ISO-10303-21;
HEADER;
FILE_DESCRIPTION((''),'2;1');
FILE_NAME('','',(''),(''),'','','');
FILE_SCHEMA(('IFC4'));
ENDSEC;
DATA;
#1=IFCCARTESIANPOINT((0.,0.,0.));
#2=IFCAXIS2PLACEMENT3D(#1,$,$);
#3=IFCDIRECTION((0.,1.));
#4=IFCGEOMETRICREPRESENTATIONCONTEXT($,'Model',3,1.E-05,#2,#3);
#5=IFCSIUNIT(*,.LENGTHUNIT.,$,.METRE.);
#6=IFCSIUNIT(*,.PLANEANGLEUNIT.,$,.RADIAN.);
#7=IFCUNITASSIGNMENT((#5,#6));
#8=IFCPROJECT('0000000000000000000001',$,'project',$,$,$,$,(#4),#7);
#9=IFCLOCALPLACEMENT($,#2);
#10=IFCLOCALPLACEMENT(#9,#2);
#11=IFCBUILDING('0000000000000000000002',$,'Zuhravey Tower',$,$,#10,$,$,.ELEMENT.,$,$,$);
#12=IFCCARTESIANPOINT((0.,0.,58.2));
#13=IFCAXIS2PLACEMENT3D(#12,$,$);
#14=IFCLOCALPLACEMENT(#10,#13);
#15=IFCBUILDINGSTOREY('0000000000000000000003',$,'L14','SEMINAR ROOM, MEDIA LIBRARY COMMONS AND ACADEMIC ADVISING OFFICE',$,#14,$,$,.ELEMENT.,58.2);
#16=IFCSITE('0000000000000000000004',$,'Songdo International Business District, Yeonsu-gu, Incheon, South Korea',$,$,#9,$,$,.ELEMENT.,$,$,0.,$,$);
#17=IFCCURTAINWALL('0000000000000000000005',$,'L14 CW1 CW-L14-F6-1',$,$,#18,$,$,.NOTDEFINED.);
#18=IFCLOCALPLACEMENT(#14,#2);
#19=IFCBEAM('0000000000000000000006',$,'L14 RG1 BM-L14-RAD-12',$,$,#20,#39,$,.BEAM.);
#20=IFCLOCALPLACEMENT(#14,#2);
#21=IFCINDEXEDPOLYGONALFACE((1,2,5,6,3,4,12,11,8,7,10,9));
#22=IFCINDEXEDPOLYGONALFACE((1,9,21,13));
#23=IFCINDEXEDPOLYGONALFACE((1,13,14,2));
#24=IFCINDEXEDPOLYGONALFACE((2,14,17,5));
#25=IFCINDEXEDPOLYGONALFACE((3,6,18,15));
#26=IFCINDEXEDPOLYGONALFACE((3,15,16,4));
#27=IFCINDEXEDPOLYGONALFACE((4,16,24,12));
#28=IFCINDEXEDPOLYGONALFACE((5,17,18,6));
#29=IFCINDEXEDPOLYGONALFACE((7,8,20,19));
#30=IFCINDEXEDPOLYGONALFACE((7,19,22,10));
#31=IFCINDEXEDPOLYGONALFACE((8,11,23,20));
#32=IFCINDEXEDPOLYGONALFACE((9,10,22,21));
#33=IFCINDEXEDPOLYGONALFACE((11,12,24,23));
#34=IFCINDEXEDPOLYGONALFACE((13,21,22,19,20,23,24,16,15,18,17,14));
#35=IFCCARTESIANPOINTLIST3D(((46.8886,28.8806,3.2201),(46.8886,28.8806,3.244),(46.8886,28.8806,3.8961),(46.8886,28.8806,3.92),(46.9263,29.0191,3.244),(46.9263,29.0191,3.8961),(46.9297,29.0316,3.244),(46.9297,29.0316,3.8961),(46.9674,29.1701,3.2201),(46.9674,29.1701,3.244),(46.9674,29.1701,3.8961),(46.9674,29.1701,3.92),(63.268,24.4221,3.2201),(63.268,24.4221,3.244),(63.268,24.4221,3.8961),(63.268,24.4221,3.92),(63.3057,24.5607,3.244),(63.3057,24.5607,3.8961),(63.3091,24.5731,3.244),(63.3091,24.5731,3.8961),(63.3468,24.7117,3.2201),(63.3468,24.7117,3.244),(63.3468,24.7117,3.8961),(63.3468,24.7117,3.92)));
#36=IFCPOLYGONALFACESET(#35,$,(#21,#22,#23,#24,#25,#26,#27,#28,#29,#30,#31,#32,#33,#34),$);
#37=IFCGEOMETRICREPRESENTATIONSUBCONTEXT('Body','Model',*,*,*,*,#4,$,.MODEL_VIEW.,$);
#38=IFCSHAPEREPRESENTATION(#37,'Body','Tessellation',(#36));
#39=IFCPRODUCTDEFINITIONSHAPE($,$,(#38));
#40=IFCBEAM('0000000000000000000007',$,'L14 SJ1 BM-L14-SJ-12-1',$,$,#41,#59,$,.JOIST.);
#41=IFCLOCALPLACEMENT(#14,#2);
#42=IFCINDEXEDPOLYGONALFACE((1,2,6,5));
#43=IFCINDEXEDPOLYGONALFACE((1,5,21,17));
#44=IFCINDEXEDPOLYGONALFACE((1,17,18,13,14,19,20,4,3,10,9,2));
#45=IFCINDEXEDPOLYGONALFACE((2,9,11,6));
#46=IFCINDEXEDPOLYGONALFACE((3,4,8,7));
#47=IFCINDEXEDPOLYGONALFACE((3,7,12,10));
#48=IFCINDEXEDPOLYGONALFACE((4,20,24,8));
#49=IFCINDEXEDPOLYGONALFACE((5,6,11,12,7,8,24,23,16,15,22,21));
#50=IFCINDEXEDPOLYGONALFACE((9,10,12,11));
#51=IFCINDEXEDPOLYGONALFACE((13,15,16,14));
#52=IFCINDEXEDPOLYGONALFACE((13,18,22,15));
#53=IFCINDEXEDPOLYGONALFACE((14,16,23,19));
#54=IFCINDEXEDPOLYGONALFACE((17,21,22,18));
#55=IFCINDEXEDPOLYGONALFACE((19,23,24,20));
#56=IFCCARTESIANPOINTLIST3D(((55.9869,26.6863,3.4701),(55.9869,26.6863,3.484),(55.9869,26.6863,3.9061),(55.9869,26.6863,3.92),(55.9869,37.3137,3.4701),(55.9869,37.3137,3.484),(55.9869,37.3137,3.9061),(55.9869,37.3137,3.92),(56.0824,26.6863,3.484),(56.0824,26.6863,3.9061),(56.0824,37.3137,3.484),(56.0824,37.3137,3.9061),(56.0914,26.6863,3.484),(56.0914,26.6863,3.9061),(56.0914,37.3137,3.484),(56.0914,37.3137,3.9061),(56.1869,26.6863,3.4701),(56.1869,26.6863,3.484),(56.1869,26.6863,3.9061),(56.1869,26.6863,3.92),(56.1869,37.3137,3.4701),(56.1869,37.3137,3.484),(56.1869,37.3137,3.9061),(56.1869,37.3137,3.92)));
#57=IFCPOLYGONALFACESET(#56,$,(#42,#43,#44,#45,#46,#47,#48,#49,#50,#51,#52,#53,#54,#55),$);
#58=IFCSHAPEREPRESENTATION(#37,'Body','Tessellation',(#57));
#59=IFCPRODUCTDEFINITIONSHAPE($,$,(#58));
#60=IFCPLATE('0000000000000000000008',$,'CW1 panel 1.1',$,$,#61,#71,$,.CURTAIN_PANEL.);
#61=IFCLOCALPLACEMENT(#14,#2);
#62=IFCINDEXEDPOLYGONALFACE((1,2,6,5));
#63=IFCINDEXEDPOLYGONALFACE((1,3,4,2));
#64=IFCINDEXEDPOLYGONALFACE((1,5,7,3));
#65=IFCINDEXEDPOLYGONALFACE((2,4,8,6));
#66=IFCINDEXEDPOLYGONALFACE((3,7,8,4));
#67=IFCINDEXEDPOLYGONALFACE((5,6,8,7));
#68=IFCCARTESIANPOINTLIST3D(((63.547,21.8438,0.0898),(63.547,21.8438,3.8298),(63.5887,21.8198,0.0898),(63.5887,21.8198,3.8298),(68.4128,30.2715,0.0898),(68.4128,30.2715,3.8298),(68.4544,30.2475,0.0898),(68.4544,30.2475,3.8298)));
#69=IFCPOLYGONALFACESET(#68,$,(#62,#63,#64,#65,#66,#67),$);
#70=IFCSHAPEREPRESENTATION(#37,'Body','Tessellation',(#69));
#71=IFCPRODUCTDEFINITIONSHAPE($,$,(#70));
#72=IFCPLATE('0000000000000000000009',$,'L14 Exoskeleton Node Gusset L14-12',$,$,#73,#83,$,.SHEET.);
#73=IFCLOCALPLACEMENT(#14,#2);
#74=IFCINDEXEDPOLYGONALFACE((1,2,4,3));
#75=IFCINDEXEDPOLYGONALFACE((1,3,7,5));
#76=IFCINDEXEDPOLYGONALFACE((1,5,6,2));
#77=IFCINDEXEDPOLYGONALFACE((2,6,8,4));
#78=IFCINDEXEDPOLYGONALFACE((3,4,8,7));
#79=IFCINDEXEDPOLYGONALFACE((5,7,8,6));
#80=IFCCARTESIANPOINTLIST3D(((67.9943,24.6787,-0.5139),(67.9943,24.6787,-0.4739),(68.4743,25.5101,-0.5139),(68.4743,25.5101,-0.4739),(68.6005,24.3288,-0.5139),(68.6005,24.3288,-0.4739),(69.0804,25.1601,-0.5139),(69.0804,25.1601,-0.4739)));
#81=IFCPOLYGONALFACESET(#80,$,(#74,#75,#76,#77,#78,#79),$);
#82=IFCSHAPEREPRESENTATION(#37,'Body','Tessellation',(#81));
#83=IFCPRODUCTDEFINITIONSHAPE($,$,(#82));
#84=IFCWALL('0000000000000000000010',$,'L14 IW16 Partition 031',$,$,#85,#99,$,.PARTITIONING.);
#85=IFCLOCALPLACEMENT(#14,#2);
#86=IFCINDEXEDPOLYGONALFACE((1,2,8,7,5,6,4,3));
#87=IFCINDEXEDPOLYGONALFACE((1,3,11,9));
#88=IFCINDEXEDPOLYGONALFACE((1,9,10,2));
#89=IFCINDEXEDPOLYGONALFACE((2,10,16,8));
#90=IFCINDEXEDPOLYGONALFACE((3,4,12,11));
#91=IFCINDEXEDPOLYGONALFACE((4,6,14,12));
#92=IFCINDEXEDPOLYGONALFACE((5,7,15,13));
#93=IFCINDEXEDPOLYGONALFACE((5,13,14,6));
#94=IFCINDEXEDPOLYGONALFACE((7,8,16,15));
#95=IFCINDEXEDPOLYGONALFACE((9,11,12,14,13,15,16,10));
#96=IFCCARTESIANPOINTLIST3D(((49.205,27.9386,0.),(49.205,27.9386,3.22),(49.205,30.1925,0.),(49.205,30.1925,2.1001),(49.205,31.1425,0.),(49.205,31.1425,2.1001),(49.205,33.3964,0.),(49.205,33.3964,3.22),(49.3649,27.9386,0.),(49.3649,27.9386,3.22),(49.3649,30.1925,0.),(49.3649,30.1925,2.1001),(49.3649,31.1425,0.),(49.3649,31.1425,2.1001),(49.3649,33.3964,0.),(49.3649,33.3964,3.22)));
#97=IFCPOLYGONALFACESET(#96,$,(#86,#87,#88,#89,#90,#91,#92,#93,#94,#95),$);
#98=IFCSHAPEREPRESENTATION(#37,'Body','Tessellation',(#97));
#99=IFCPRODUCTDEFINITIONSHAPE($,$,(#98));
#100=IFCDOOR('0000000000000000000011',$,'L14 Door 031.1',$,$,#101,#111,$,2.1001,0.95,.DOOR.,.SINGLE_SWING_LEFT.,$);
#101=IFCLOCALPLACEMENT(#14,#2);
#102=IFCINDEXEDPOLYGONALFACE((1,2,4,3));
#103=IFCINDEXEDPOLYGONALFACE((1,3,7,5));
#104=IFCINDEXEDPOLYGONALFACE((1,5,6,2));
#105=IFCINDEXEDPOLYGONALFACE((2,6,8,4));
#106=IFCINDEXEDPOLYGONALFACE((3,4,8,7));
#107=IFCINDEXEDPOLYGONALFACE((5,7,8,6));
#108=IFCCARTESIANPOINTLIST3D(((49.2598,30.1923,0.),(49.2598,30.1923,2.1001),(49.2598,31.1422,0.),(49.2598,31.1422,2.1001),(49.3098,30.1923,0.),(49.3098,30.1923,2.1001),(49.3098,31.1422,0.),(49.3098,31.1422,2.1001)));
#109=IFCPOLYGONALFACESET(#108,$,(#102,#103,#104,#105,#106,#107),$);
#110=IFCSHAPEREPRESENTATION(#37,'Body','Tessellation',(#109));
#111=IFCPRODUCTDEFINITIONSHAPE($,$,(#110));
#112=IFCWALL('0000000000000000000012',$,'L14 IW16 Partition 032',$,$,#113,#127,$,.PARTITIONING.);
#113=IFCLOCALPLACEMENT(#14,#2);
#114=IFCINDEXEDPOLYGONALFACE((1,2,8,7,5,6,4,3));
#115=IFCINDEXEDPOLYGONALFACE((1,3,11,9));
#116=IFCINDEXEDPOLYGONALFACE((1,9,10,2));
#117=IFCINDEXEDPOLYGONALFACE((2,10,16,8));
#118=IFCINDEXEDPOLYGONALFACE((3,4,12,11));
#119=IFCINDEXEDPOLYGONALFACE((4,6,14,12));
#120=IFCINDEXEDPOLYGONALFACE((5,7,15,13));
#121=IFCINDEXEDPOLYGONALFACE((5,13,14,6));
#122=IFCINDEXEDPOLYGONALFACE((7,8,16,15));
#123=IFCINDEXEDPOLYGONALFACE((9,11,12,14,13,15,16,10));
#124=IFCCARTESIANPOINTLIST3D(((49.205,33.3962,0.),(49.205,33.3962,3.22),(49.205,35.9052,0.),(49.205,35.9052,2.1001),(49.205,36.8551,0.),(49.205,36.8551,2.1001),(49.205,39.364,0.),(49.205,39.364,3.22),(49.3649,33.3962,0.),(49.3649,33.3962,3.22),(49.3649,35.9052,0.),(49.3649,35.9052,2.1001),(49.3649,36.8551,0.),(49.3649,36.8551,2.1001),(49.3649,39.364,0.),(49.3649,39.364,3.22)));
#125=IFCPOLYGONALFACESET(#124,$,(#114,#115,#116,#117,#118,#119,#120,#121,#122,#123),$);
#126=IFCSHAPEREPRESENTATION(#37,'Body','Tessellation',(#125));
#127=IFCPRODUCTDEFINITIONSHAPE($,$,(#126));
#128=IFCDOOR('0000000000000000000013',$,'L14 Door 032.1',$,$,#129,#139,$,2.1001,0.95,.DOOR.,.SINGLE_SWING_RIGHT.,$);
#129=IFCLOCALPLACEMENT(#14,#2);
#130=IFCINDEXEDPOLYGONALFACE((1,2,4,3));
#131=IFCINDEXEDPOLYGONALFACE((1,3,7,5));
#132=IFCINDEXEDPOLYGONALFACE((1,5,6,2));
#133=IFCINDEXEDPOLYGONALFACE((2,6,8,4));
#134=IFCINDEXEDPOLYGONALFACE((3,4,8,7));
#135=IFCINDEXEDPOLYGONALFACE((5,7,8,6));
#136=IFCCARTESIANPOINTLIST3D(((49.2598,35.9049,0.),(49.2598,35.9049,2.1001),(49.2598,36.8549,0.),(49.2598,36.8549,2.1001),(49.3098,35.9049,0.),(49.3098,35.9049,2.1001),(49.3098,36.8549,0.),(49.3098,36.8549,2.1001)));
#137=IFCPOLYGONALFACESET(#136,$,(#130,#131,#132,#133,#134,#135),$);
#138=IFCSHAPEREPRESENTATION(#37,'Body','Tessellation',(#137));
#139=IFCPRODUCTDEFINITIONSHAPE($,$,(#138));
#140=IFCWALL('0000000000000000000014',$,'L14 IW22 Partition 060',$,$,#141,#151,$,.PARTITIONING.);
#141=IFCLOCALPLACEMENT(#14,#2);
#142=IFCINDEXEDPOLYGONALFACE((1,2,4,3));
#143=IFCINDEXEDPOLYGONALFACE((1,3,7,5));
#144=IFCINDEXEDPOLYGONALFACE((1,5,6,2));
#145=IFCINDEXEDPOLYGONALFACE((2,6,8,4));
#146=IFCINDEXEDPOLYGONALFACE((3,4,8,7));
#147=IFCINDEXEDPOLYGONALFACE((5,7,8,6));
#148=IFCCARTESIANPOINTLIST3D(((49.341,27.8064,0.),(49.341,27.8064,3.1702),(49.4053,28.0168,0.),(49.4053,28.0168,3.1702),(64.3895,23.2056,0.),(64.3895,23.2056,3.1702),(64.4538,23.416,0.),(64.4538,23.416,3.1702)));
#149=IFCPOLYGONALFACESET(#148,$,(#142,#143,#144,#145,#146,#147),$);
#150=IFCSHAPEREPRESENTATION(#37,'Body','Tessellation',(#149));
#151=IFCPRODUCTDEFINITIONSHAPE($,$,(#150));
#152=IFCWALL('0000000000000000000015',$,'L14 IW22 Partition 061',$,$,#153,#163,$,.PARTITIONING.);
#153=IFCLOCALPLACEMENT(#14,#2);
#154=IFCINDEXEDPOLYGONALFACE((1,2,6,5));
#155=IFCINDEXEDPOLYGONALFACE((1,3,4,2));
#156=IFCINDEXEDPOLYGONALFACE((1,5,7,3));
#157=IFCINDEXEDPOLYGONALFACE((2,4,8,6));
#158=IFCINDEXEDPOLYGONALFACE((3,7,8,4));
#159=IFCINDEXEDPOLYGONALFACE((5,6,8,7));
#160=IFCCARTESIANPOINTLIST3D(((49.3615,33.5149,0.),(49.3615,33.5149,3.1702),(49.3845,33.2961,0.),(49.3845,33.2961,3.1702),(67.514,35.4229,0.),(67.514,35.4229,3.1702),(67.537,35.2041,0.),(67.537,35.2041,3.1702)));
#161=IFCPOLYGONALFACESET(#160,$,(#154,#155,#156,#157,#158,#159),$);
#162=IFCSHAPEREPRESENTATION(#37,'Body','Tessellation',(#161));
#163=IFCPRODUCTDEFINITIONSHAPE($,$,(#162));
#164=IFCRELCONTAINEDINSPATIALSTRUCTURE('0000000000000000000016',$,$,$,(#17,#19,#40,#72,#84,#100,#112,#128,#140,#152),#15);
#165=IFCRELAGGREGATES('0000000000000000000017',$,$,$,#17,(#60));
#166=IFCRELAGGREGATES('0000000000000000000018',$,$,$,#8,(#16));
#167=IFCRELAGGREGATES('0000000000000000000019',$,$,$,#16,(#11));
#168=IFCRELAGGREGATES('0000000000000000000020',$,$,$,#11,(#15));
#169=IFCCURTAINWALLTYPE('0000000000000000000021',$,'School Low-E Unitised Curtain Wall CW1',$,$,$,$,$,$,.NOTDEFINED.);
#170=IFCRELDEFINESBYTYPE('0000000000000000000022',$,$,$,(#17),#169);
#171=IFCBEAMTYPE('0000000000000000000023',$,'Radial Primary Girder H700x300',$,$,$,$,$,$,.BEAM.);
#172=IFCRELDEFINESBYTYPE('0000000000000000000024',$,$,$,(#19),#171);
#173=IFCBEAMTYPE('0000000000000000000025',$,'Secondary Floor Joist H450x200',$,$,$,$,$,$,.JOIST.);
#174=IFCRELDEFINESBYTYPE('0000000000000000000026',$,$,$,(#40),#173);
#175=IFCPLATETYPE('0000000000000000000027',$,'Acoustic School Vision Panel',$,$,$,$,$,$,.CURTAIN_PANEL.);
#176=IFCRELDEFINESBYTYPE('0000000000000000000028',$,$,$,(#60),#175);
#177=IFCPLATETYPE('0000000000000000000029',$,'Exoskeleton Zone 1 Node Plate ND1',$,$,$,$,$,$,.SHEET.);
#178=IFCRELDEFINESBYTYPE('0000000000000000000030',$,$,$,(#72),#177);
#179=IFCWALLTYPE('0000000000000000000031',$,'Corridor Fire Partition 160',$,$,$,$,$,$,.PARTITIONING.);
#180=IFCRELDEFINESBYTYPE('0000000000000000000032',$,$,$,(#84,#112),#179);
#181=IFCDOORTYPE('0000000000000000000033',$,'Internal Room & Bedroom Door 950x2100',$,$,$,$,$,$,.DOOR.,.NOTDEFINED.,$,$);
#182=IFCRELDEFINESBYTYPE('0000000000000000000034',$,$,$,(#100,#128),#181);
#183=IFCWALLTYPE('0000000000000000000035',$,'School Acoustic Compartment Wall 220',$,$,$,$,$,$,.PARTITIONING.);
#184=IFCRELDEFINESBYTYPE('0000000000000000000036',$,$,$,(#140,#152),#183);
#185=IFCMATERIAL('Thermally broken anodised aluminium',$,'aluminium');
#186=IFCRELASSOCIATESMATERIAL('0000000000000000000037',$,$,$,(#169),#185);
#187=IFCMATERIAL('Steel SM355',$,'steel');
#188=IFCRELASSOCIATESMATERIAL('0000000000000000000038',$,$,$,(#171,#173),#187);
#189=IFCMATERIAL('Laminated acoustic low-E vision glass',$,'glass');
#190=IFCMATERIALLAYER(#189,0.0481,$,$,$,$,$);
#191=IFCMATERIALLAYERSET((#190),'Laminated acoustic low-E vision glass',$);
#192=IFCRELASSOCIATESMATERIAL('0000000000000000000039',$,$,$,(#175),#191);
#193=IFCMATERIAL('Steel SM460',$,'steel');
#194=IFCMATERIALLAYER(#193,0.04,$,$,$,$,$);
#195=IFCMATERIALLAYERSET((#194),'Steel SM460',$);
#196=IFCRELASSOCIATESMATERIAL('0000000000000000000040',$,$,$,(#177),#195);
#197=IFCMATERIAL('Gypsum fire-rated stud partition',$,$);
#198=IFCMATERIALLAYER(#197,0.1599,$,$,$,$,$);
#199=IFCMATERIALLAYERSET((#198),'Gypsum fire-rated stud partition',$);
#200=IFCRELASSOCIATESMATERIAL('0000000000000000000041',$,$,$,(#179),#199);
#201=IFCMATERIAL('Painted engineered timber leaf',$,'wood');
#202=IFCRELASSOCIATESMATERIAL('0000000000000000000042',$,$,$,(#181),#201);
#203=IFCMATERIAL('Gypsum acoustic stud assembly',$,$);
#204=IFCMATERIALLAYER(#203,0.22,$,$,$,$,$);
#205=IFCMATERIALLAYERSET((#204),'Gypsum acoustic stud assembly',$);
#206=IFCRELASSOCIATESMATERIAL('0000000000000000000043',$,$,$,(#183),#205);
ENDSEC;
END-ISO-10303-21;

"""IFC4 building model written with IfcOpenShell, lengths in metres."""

from ifc_helpers import new_model, si_unit, direction, frame, frame_2d, origin, origin_2d, place, context, subcontext, project, spatial, rectangle, i_section, extrude, material, layer, layer_set, material_profile, profile_set, type_object, element, fill, aggregate, save


model = new_model("IFC4")

# Units and contexts
model_context = context("Model", 3, precision=1e-05, world=origin(), true_north=direction((0.0, 1.0)))
body_context = subcontext(model_context, "Body", "Model", "MODEL_VIEW")
ifc_project = project(units=[si_unit("LENGTHUNIT", "METRE"), si_unit("PLANEANGLEUNIT", "RADIAN")], contexts=[model_context])

# Site, building, storey
site_placement = place(None, origin())
site = spatial("IfcSite", under=ifc_project, at=site_placement, Name="Songdo International Business District, Yeonsu-gu, Incheon, South Korea", CompositionType="ELEMENT", RefElevation=0.0)
building_placement = place(site_placement, origin())
building = spatial("IfcBuilding", under=site, at=building_placement, Name="Zuhravey Tower", CompositionType="ELEMENT")
storey_placement = place(building_placement, frame((0.0, 0.0, 58.2)))
storey = spatial("IfcBuildingStorey", under=building, at=storey_placement, Name="L14", Description="SEMINAR ROOM, MEDIA LIBRARY COMMONS AND ACADEMIC ADVISING OFFICE", CompositionType="ELEMENT", Elevation=58.2)

# Curtain wall
ifc_material_1 = material(Name="Thermally broken anodised aluminium", Category="aluminium")
curtain_wall_type = type_object("IfcCurtainWallType", Name="School Low-E Unitised Curtain Wall CW1", PredefinedType="NOTDEFINED", material=ifc_material_1)
curtain_wall_1_placement = place(storey_placement, origin())
curtain_wall_1 = element("IfcCurtainWall", 1, at=curtain_wall_1_placement, inside=storey, type_object=curtain_wall_type, Name="L14 CW1 CW-L14-F6-1", PredefinedType="NOTDEFINED")

# Shared definitions
ifc_material_2 = material(Name="Steel SM460", Category="steel")

# Beams
ifc_material_3 = material(Name="Steel SM355", Category="steel")
ifc_material_profile_1 = material_profile(ifc_material_3, i_section(OverallWidth=0.3, OverallDepth=0.7, WebThickness=0.0129, FlangeThickness=0.0239, at=origin_2d()), Name="H-700x300x13x24")
ifc_profile_set_1 = profile_set([ifc_material_profile_1], Name="Steel SM355")
beam_type_1 = type_object("IfcBeamType", Name="Radial Primary Girder H700x300", PredefinedType="BEAM", material=ifc_profile_set_1)
beam_1_placement = place(storey_placement, frame((46.928, 29.0254, 3.5701), z_axis=(0.964892, -0.262645, 0.0), x_axis=(0.262645, 0.964892, 0.0)))
element("IfcBeam", 2, at=beam_1_placement, inside=storey, type_object=beam_type_1, Name="L14 RG1 BM-L14-RAD-12", PredefinedType="BEAM", context=body_context, shape_type="SweptSolid", body=[
    extrude(i_section(OverallWidth=0.3, OverallDepth=0.7, WebThickness=0.0129, FlangeThickness=0.0239, at=origin_2d()), origin(), (0.0, 0.0, 1.0), 16.9753),
])
ifc_material_profile_2 = material_profile(ifc_material_3, i_section(OverallWidth=0.2, OverallDepth=0.45, WebThickness=0.009, FlangeThickness=0.0139, at=origin_2d()), Name="H-450x200x9x14")
ifc_profile_set_2 = profile_set([ifc_material_profile_2], Name="Steel SM355")
beam_type_2 = type_object("IfcBeamType", Name="Secondary Floor Joist H450x200", PredefinedType="JOIST", material=ifc_profile_set_2)
beam_2_placement = place(storey_placement, frame((56.0869, 26.6863, 3.6951), z_axis=(0.0, 1.0, 0.0), x_axis=(-1.0, 0.0, 0.0)))
element("IfcBeam", 3, at=beam_2_placement, inside=storey, type_object=beam_type_2, Name="L14 SJ1 BM-L14-SJ-12-1", PredefinedType="JOIST", context=body_context, shape_type="SweptSolid", body=[
    extrude(i_section(OverallWidth=0.2, OverallDepth=0.45, WebThickness=0.009, FlangeThickness=0.0139, at=origin_2d()), origin(), (0.0, 0.0, 1.0), 10.6274),
])

# Plates
ifc_material_4 = material(Name="Laminated acoustic low-E vision glass", Category="glass")
ifc_layer_1 = layer(ifc_material_4, 0.0481)
ifc_layer_set_1 = layer_set([ifc_layer_1], Name="Laminated acoustic low-E vision glass")
plate_type_1 = type_object("IfcPlateType", Name="Acoustic School Vision Panel", PredefinedType="CURTAIN_PANEL", material=ifc_layer_set_1)
plate_1_placement = place(storey_placement, frame((66.0007, 26.0457, 0.0898), z_axis=(0.0, 0.0, 1.0), x_axis=(-0.5, -0.866026, 0.0)))
plate_1 = element("IfcPlate", 4, at=plate_1_placement, type_object=plate_type_1, Name="CW1 panel 1.1", PredefinedType="CURTAIN_PANEL", context=body_context, shape_type="SweptSolid", body=[
    extrude(rectangle(XDim=9.7314, YDim=0.0481, at=origin_2d()), origin(), (0.0, 0.0, 1.0), 3.74),
])
aggregate(curtain_wall_1, [plate_1])
ifc_layer_2 = layer(ifc_material_2, 0.04)
ifc_layer_set_2 = layer_set([ifc_layer_2], Name="Steel SM460")
plate_type_2 = type_object("IfcPlateType", Name="Exoskeleton Zone 1 Node Plate ND1", PredefinedType="SHEET", material=ifc_layer_set_2)
plate_2_placement = place(storey_placement, frame((68.5374, 24.9194, -0.5139), z_axis=(0.0, 0.0, 1.0), x_axis=(0.5, 0.866025, 0.0)))
element("IfcPlate", 5, at=plate_2_placement, inside=storey, type_object=plate_type_2, Name="L14 Exoskeleton Node Gusset L14-12", PredefinedType="SHEET", context=body_context, shape_type="SweptSolid", body=[
    extrude(rectangle(XDim=0.96, YDim=0.7, at=origin_2d()), origin(), (0.0, 0.0, 1.0), 0.04),
])

# Walls, openings, doors
ifc_material_5 = material(Name="Gypsum fire-rated stud partition")
ifc_layer_3 = layer(ifc_material_5, 0.1599)
ifc_layer_set_3 = layer_set([ifc_layer_3], Name="Gypsum fire-rated stud partition")
wall_type_1 = type_object("IfcWallType", Name="Corridor Fire Partition 160", PredefinedType="PARTITIONING", material=ifc_layer_set_3)
wall_1_placement = place(storey_placement, frame((49.2849, 27.9385, 0.0), z_axis=(0.0, 0.0, 1.0), x_axis=(0.0, 1.0, 0.0)))
wall_1 = element("IfcWall", 6, at=wall_1_placement, inside=storey, type_object=wall_type_1, Name="L14 IW16 Partition 031", PredefinedType="PARTITIONING", context=body_context, shape_type="SweptSolid", body=[
    extrude(rectangle(XDim=5.4578, YDim=0.1599, at=frame_2d((2.729, 0.0))), origin(), (0.0, 0.0, 1.0), 3.22),
])
opening_1_placement = place(wall_1_placement, frame((2.2539, 0.0, 0.0)))
opening_1 = element("IfcOpeningElement", 7, at=opening_1_placement, cuts=wall_1, PredefinedType="OPENING", context=body_context, shape_type="SweptSolid", body=[
    extrude(rectangle(XDim=0.95, YDim=2.1001, at=frame_2d((0.4751, 1.05))), frame((0.0, 0.092, 0.0), z_axis=(0.0, -1.0, 0.0), x_axis=(1.0, 0.0, 0.0)), (0.0, 0.0, 1.0), 0.1838),
])
ifc_material_6 = material(Name="Painted engineered timber leaf", Category="wood")
door_type = type_object("IfcDoorType", Name="Internal Room & Bedroom Door 950x2100", OperationType="NOTDEFINED", PredefinedType="DOOR", material=ifc_material_6)
door_1_placement = place(opening_1_placement, frame((0.95, 0.0, 0.0), z_axis=(0.0, 0.0, 1.0), x_axis=(-1.0, 0.0, 0.0)))
door_1 = element("IfcDoor", 8, at=door_1_placement, inside=storey, type_object=door_type, Name="L14 Door 031.1", OperationType="SINGLE_SWING_LEFT", OverallHeight=2.1001, OverallWidth=0.95, PredefinedType="DOOR", context=body_context, shape_type="SweptSolid", body=[
    extrude(rectangle(XDim=0.95, YDim=2.1001, at=frame_2d((0.4751, 1.05))), frame((0.0, 0.0249, 0.0), z_axis=(0.0, -1.0, 0.0), x_axis=(1.0, 0.0, 0.0)), (0.0, 0.0, 1.0), 0.05),
])
fill(opening_1, door_1)
wall_2_placement = place(storey_placement, frame((49.2849, 33.3962, 0.0), z_axis=(0.0, 0.0, 1.0), x_axis=(0.0, 1.0, 0.0)))
wall_2 = element("IfcWall", 9, at=wall_2_placement, inside=storey, type_object=wall_type_1, Name="L14 IW16 Partition 032", PredefinedType="PARTITIONING", context=body_context, shape_type="SweptSolid", body=[
    extrude(rectangle(XDim=5.9678, YDim=0.1599, at=frame_2d((2.9839, 0.0))), origin(), (0.0, 0.0, 1.0), 3.22),
])
opening_2_placement = place(wall_2_placement, frame((2.5088, 0.0, 0.0)))
opening_2 = element("IfcOpeningElement", 10, at=opening_2_placement, cuts=wall_2, PredefinedType="OPENING", context=body_context, shape_type="SweptSolid", body=[
    extrude(rectangle(XDim=0.95, YDim=2.1001, at=frame_2d((0.4751, 1.05))), frame((0.0, 0.092, 0.0), z_axis=(0.0, -1.0, 0.0), x_axis=(1.0, 0.0, 0.0)), (0.0, 0.0, 1.0), 0.1838),
])
door_2_placement = place(opening_2_placement, frame((0.95, 0.0, 0.0), z_axis=(0.0, 0.0, 1.0), x_axis=(-1.0, 0.0, 0.0)))
door_2 = element("IfcDoor", 11, at=door_2_placement, inside=storey, type_object=door_type, Name="L14 Door 032.1", OperationType="SINGLE_SWING_RIGHT", OverallHeight=2.1001, OverallWidth=0.95, PredefinedType="DOOR", context=body_context, shape_type="SweptSolid", body=[
    extrude(rectangle(XDim=0.95, YDim=2.1001, at=frame_2d((0.4751, 1.05))), frame((0.0, 0.0249, 0.0), z_axis=(0.0, -1.0, 0.0), x_axis=(1.0, 0.0, 0.0)), (0.0, 0.0, 1.0), 0.05),
])
fill(opening_2, door_2)

# Walls
ifc_material_7 = material(Name="Gypsum acoustic stud assembly")
ifc_layer_4 = layer(ifc_material_7, 0.22)
ifc_layer_set_4 = layer_set([ifc_layer_4], Name="Gypsum acoustic stud assembly")
wall_type_2 = type_object("IfcWallType", Name="School Acoustic Compartment Wall 220", PredefinedType="PARTITIONING", material=ifc_layer_set_4)
wall_3_placement = place(storey_placement, frame((49.373, 27.9116, 0.0), z_axis=(0.0, 0.0, 1.0), x_axis=(0.956304, -0.292373, 0.0)))
element("IfcWall", 12, at=wall_3_placement, inside=storey, type_object=wall_type_2, Name="L14 IW22 Partition 060", PredefinedType="PARTITIONING", context=body_context, shape_type="SweptSolid", body=[
    extrude(rectangle(XDim=15.7361, YDim=0.22, at=frame_2d((7.8682, 0.0))), origin(), (0.0, 0.0, 1.0), 3.1702),
])
wall_4_placement = place(storey_placement, frame((49.373, 33.4055, 0.0), z_axis=(0.0, 0.0, 1.0), x_axis=(0.994521, 0.104532, 0.0)))
element("IfcWall", 13, at=wall_4_placement, inside=storey, type_object=wall_type_2, Name="L14 IW22 Partition 061", PredefinedType="PARTITIONING", context=body_context, shape_type="SweptSolid", body=[
    extrude(rectangle(XDim=18.2524, YDim=0.22, at=frame_2d((9.1262, 0.0))), origin(), (0.0, 0.0, 1.0), 3.1702),
])

save(model, "model.ifc")
